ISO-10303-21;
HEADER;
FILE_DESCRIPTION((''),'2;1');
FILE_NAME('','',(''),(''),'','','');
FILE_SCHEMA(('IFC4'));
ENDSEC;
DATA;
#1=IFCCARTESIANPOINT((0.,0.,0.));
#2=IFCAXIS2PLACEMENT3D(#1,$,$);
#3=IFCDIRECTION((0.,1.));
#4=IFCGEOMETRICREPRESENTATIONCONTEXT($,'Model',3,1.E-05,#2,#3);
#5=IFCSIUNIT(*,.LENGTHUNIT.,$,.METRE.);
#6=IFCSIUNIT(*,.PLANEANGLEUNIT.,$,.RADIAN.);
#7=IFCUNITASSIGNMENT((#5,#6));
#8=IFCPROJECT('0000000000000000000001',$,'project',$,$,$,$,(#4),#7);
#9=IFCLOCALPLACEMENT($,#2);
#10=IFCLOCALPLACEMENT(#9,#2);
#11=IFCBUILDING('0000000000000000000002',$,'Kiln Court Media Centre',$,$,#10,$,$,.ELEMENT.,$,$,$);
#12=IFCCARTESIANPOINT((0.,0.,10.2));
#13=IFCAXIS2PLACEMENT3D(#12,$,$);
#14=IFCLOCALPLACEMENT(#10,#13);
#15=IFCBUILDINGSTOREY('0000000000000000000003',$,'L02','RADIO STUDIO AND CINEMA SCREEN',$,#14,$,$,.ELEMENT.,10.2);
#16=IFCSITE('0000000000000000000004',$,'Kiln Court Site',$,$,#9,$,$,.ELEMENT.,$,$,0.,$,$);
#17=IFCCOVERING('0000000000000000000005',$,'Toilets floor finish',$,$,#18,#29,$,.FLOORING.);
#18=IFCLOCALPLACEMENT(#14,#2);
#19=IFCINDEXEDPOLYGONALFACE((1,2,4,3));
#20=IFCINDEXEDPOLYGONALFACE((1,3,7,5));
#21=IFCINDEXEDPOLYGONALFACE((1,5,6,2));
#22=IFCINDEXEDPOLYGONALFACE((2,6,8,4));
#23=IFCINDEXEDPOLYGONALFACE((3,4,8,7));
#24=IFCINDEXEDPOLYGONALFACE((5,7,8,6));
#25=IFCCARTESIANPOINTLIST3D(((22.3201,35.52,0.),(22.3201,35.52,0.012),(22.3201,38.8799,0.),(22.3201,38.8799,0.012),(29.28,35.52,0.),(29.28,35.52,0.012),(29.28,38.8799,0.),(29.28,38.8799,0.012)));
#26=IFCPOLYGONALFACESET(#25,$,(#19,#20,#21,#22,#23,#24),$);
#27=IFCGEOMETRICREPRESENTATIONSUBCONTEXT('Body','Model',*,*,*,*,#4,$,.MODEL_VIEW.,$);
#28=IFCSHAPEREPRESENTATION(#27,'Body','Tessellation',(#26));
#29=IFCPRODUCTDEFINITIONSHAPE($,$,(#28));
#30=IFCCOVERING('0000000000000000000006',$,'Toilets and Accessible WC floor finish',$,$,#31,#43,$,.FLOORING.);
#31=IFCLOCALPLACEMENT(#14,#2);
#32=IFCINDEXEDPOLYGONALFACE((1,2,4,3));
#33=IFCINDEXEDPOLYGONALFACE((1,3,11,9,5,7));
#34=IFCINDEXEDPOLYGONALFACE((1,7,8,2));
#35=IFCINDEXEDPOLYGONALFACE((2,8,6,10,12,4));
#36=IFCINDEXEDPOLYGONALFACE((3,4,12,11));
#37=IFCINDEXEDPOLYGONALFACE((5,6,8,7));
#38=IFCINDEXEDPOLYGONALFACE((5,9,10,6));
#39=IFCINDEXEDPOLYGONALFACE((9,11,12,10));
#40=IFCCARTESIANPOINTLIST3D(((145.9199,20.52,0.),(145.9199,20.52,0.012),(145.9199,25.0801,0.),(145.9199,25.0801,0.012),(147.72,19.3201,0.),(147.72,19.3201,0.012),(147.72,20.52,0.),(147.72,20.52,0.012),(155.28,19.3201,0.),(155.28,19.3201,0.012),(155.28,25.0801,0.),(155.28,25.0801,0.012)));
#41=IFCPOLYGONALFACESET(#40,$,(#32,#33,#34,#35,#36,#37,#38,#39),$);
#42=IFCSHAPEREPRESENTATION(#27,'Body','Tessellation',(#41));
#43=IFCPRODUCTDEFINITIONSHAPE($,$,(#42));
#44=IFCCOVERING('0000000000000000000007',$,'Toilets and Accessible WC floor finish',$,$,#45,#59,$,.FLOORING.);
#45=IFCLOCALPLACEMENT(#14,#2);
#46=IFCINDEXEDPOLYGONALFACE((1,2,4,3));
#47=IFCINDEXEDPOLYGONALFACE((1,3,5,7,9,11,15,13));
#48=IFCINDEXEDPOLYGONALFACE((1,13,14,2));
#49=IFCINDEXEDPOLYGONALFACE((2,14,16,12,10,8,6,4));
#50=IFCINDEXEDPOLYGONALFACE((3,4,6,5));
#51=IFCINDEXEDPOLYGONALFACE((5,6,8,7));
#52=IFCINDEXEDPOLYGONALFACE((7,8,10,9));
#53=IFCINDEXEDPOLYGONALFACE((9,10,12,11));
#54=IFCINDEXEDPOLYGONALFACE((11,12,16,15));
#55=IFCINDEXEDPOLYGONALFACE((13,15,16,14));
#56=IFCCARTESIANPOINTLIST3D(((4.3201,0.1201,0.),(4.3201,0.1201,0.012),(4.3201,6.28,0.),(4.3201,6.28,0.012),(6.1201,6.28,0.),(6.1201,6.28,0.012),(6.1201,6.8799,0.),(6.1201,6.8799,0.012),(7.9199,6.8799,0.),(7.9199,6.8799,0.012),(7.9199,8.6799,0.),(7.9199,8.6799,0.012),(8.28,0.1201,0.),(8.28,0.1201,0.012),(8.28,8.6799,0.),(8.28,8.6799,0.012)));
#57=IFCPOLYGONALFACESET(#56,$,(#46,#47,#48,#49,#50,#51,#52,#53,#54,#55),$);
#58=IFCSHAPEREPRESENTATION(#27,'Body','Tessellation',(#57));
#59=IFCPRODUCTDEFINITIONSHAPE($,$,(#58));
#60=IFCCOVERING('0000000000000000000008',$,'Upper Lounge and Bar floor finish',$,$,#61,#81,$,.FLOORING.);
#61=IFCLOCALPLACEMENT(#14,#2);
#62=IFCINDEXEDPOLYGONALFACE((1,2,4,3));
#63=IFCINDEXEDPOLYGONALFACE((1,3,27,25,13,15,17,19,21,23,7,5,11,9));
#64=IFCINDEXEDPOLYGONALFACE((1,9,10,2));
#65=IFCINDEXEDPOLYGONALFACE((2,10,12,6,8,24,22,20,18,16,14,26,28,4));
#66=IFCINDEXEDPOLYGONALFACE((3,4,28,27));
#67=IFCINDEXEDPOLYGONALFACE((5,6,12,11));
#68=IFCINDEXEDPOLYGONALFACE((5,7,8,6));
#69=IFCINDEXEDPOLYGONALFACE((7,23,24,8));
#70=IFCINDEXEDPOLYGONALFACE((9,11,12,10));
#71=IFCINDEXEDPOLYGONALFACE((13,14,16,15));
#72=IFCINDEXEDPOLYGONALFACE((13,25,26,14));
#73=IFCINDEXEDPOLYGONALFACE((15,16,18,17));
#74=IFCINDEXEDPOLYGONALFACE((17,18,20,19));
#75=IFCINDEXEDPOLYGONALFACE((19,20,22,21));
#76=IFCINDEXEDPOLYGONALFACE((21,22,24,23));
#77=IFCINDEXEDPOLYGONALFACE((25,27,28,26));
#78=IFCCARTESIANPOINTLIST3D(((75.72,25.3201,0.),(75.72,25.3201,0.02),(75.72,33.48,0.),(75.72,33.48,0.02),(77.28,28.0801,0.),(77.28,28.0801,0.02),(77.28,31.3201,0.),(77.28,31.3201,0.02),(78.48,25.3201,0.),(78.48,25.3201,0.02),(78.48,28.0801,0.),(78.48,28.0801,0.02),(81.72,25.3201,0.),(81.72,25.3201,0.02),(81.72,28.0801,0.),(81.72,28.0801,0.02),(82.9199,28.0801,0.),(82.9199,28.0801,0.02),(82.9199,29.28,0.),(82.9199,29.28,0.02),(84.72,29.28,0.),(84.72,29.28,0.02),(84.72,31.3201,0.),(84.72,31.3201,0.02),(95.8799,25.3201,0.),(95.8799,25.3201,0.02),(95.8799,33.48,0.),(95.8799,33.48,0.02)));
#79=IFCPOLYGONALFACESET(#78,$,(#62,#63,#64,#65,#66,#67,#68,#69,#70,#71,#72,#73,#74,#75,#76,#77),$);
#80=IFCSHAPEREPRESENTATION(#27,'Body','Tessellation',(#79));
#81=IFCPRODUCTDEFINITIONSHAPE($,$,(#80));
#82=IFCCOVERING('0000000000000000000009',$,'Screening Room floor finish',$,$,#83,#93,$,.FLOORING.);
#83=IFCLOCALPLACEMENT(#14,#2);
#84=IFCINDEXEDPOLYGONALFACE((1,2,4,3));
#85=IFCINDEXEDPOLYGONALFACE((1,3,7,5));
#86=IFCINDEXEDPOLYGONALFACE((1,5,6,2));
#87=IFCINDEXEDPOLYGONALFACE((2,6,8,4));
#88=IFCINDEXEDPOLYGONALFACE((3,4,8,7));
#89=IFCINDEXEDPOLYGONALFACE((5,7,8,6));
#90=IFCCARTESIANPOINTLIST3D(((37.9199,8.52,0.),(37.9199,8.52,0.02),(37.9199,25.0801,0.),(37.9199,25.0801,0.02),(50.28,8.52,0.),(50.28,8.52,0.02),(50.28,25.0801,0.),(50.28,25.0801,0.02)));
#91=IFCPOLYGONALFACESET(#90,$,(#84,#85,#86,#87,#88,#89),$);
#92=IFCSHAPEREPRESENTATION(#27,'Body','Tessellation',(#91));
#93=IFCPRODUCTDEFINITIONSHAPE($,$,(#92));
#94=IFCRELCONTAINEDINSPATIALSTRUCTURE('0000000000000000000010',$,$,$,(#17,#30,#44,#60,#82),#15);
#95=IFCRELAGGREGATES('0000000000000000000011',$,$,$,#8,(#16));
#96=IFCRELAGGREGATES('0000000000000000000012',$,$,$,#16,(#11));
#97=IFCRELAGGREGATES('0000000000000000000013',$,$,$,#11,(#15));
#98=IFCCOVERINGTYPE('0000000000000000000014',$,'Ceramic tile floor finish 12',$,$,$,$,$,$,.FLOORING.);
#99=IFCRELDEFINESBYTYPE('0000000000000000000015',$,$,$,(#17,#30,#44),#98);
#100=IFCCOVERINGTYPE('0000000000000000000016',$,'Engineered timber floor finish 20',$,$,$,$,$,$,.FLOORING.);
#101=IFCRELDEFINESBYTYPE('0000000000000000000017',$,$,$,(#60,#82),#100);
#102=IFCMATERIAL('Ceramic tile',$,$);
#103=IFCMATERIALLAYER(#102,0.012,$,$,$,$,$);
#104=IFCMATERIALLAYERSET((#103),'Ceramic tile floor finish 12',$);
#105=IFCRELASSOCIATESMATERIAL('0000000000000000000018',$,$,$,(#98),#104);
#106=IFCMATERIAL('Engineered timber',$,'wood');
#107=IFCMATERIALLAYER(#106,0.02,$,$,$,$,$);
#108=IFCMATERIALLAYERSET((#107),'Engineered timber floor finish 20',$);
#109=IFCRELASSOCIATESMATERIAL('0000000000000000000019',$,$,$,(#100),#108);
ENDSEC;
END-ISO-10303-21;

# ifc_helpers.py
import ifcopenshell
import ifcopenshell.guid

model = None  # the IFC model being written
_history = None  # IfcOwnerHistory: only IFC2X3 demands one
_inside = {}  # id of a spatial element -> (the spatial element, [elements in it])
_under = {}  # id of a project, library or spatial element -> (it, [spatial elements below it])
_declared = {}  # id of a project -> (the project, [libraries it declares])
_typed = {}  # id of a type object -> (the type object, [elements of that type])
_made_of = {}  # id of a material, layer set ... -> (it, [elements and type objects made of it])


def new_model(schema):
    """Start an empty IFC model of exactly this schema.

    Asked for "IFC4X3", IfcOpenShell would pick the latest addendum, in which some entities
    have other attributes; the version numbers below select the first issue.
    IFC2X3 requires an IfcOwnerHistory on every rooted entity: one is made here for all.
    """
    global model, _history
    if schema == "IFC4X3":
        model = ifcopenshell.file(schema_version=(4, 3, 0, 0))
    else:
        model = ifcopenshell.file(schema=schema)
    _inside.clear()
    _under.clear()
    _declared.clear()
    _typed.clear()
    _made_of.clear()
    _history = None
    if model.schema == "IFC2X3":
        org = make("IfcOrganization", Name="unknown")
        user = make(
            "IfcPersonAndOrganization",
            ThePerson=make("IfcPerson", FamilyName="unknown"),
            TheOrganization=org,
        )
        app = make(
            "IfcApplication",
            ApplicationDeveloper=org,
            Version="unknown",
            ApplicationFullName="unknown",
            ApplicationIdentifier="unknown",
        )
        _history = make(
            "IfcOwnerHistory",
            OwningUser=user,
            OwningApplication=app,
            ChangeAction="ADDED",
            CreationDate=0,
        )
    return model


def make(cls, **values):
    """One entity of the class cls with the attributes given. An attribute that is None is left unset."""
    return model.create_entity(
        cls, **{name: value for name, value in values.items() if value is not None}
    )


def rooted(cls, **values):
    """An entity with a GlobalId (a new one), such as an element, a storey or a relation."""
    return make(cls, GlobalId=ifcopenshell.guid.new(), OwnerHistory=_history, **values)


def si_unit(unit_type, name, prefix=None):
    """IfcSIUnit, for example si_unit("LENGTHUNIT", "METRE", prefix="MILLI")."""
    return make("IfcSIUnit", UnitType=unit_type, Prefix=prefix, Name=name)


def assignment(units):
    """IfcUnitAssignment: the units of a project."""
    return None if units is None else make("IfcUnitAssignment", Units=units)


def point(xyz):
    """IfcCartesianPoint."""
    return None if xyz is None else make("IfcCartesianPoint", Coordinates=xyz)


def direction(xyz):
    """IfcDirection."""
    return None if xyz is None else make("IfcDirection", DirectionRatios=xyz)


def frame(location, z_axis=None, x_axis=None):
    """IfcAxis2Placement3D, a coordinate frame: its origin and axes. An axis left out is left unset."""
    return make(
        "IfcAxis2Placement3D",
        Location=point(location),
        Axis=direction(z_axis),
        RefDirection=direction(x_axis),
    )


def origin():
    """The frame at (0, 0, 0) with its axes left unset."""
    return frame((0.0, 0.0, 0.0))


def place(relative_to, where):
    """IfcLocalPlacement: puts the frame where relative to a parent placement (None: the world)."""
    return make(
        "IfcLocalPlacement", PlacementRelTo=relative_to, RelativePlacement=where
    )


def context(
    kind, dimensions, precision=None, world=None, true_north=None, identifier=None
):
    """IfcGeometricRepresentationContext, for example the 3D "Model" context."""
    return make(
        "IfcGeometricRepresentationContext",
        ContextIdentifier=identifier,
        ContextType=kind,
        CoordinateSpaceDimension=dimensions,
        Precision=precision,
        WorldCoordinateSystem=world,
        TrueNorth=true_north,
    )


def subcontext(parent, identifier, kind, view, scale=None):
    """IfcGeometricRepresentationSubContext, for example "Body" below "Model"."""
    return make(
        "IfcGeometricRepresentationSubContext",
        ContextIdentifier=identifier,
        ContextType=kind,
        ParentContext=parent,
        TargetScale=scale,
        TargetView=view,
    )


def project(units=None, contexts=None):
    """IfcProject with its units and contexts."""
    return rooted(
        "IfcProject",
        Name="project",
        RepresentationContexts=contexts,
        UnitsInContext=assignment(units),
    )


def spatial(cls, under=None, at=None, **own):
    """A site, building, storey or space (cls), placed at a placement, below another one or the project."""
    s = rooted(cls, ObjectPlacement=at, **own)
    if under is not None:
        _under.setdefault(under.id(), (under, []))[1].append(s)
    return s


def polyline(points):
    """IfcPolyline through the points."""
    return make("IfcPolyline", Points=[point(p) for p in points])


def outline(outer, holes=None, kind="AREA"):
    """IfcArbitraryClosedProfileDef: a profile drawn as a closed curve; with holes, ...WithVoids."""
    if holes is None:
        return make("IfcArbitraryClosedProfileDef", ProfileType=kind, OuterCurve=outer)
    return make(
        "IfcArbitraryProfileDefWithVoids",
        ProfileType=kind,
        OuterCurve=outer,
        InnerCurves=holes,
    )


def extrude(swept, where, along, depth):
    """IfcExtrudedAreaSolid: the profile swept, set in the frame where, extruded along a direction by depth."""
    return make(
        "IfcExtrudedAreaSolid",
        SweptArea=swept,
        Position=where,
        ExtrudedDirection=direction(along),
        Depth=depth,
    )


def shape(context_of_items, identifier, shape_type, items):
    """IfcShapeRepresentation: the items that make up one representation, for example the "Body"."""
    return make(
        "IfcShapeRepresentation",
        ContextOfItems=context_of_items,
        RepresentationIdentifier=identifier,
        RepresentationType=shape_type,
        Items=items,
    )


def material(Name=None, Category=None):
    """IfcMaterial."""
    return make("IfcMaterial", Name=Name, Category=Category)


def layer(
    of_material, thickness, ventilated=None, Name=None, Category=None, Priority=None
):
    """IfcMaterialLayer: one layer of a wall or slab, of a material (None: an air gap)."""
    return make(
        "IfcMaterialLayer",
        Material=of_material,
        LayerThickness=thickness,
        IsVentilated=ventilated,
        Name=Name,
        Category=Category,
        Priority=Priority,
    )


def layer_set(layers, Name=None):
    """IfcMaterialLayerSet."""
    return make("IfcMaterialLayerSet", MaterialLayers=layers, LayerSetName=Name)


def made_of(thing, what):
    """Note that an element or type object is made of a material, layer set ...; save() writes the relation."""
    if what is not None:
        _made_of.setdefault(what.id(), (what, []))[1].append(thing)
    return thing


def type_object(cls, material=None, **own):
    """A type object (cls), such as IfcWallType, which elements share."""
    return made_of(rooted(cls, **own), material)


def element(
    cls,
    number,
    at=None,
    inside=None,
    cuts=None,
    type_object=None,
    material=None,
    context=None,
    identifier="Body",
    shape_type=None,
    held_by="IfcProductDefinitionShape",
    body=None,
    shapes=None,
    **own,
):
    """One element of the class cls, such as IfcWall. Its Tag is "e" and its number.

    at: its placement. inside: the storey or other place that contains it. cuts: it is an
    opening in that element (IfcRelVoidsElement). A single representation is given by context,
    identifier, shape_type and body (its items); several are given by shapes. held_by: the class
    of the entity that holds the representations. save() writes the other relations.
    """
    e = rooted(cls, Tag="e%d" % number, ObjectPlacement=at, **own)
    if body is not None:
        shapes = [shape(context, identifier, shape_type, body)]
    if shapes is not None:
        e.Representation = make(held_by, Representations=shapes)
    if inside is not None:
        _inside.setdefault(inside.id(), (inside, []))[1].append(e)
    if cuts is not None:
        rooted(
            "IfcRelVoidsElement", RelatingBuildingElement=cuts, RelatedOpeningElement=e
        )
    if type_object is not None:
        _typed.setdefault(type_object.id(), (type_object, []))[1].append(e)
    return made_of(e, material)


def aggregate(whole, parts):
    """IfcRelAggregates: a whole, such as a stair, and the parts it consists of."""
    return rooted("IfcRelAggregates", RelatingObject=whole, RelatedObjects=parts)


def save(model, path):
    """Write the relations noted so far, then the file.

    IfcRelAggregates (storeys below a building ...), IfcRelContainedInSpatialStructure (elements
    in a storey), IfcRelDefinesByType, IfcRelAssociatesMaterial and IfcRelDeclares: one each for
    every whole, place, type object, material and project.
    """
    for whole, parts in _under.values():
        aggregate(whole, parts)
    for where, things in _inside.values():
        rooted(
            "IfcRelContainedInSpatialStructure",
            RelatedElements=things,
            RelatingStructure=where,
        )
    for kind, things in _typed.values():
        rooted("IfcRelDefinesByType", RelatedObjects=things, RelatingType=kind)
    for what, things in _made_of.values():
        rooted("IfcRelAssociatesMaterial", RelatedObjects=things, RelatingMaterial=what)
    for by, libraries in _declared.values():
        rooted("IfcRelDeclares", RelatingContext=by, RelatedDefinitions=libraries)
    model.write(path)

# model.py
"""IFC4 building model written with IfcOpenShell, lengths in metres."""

from ifc_helpers import new_model, si_unit, direction, frame, origin, place, context, subcontext, project, spatial, polyline, outline, extrude, material, layer, layer_set, type_object, element, save


model = new_model("IFC4")

# Units and contexts
model_context = context("Model", 3, precision=1e-05, world=origin(), true_north=direction((0.0, 1.0)))
body_context = subcontext(model_context, "Body", "Model", "MODEL_VIEW")
ifc_project = project(units=[si_unit("LENGTHUNIT", "METRE"), si_unit("PLANEANGLEUNIT", "RADIAN")], contexts=[model_context])

# Site, building, storey
site_placement = place(None, origin())
site = spatial("IfcSite", under=ifc_project, at=site_placement, Name="Kiln Court Site", CompositionType="ELEMENT", RefElevation=0.0)
building_placement = place(site_placement, origin())
building = spatial("IfcBuilding", under=site, at=building_placement, Name="Kiln Court Media Centre", CompositionType="ELEMENT")
storey_placement = place(building_placement, frame((0.0, 0.0, 10.2)))
storey = spatial("IfcBuildingStorey", under=building, at=storey_placement, Name="L02", Description="RADIO STUDIO AND CINEMA SCREEN", CompositionType="ELEMENT", Elevation=10.2)

# Coverings
ifc_material_1 = material(Name="Ceramic tile")
ifc_layer_1 = layer(ifc_material_1, 0.012)
ifc_layer_set_1 = layer_set([ifc_layer_1], Name="Ceramic tile floor finish 12")
covering_type_1 = type_object("IfcCoveringType", Name="Ceramic tile floor finish 12", PredefinedType="FLOORING", material=ifc_layer_set_1)
covering_1_placement = place(storey_placement, origin())
element("IfcCovering", 1, at=covering_1_placement, inside=storey, type_object=covering_type_1, Name="Toilets floor finish", PredefinedType="FLOORING", context=body_context, shape_type="SweptSolid", body=[
    extrude(outline(polyline([(29.28, 38.8799), (22.3201, 38.8799), (22.3201, 35.52), (29.28, 35.52), (29.28, 38.8799)])), origin(), (0.0, 0.0, 1.0), 0.012),
])
covering_2_placement = place(storey_placement, origin())
element("IfcCovering", 2, at=covering_2_placement, inside=storey, type_object=covering_type_1, Name="Toilets and Accessible WC floor finish", PredefinedType="FLOORING", context=body_context, shape_type="SweptSolid", body=[
    extrude(outline(polyline([(145.9199, 25.0801), (145.9199, 20.52), (147.72, 20.52), (147.72, 19.3201), (155.28, 19.3201), (155.28, 25.0801), (145.9199, 25.0801)])), origin(), (0.0, 0.0, 1.0), 0.012),
])
covering_3_placement = place(storey_placement, origin())
element("IfcCovering", 3, at=covering_3_placement, inside=storey, type_object=covering_type_1, Name="Toilets and Accessible WC floor finish", PredefinedType="FLOORING", context=body_context, shape_type="SweptSolid", body=[
    extrude(outline(polyline([(8.28, 8.6799), (7.9199, 8.6799), (7.9199, 6.8799), (6.1201, 6.8799), (6.1201, 6.28), (4.3201, 6.28), (4.3201, 0.1201), (8.28, 0.1201), (8.28, 8.6799)])), origin(), (0.0, 0.0, 1.0), 0.012),
])
ifc_material_2 = material(Name="Engineered timber", Category="wood")
ifc_layer_2 = layer(ifc_material_2, 0.02)
ifc_layer_set_2 = layer_set([ifc_layer_2], Name="Engineered timber floor finish 20")
covering_type_2 = type_object("IfcCoveringType", Name="Engineered timber floor finish 20", PredefinedType="FLOORING", material=ifc_layer_set_2)
covering_4_placement = place(storey_placement, origin())
element("IfcCovering", 4, at=covering_4_placement, inside=storey, type_object=covering_type_2, Name="Upper Lounge and Bar floor finish", PredefinedType="FLOORING", context=body_context, shape_type="SweptSolid", body=[
    extrude(outline(polyline([(77.28, 31.3201), (84.72, 31.3201), (84.72, 29.28), (82.9199, 29.28), (82.9199, 28.0801), (81.72, 28.0801), (81.72, 25.3201), (95.8799, 25.3201), (95.8799, 33.48), (75.72, 33.48), (75.72, 25.3201), (78.48, 25.3201), (78.48, 28.0801), (77.28, 28.0801), (77.28, 31.3201)])), origin(), (0.0, 0.0, 1.0), 0.02),
])
covering_5_placement = place(storey_placement, origin())
element("IfcCovering", 5, at=covering_5_placement, inside=storey, type_object=covering_type_2, Name="Screening Room floor finish", PredefinedType="FLOORING", context=body_context, shape_type="SweptSolid", body=[
    extrude(outline(polyline([(37.9199, 8.52), (50.28, 8.52), (50.28, 25.0801), (37.9199, 25.0801), (37.9199, 8.52)])), origin(), (0.0, 0.0, 1.0), 0.02),
])

save(model, "model.ifc")
